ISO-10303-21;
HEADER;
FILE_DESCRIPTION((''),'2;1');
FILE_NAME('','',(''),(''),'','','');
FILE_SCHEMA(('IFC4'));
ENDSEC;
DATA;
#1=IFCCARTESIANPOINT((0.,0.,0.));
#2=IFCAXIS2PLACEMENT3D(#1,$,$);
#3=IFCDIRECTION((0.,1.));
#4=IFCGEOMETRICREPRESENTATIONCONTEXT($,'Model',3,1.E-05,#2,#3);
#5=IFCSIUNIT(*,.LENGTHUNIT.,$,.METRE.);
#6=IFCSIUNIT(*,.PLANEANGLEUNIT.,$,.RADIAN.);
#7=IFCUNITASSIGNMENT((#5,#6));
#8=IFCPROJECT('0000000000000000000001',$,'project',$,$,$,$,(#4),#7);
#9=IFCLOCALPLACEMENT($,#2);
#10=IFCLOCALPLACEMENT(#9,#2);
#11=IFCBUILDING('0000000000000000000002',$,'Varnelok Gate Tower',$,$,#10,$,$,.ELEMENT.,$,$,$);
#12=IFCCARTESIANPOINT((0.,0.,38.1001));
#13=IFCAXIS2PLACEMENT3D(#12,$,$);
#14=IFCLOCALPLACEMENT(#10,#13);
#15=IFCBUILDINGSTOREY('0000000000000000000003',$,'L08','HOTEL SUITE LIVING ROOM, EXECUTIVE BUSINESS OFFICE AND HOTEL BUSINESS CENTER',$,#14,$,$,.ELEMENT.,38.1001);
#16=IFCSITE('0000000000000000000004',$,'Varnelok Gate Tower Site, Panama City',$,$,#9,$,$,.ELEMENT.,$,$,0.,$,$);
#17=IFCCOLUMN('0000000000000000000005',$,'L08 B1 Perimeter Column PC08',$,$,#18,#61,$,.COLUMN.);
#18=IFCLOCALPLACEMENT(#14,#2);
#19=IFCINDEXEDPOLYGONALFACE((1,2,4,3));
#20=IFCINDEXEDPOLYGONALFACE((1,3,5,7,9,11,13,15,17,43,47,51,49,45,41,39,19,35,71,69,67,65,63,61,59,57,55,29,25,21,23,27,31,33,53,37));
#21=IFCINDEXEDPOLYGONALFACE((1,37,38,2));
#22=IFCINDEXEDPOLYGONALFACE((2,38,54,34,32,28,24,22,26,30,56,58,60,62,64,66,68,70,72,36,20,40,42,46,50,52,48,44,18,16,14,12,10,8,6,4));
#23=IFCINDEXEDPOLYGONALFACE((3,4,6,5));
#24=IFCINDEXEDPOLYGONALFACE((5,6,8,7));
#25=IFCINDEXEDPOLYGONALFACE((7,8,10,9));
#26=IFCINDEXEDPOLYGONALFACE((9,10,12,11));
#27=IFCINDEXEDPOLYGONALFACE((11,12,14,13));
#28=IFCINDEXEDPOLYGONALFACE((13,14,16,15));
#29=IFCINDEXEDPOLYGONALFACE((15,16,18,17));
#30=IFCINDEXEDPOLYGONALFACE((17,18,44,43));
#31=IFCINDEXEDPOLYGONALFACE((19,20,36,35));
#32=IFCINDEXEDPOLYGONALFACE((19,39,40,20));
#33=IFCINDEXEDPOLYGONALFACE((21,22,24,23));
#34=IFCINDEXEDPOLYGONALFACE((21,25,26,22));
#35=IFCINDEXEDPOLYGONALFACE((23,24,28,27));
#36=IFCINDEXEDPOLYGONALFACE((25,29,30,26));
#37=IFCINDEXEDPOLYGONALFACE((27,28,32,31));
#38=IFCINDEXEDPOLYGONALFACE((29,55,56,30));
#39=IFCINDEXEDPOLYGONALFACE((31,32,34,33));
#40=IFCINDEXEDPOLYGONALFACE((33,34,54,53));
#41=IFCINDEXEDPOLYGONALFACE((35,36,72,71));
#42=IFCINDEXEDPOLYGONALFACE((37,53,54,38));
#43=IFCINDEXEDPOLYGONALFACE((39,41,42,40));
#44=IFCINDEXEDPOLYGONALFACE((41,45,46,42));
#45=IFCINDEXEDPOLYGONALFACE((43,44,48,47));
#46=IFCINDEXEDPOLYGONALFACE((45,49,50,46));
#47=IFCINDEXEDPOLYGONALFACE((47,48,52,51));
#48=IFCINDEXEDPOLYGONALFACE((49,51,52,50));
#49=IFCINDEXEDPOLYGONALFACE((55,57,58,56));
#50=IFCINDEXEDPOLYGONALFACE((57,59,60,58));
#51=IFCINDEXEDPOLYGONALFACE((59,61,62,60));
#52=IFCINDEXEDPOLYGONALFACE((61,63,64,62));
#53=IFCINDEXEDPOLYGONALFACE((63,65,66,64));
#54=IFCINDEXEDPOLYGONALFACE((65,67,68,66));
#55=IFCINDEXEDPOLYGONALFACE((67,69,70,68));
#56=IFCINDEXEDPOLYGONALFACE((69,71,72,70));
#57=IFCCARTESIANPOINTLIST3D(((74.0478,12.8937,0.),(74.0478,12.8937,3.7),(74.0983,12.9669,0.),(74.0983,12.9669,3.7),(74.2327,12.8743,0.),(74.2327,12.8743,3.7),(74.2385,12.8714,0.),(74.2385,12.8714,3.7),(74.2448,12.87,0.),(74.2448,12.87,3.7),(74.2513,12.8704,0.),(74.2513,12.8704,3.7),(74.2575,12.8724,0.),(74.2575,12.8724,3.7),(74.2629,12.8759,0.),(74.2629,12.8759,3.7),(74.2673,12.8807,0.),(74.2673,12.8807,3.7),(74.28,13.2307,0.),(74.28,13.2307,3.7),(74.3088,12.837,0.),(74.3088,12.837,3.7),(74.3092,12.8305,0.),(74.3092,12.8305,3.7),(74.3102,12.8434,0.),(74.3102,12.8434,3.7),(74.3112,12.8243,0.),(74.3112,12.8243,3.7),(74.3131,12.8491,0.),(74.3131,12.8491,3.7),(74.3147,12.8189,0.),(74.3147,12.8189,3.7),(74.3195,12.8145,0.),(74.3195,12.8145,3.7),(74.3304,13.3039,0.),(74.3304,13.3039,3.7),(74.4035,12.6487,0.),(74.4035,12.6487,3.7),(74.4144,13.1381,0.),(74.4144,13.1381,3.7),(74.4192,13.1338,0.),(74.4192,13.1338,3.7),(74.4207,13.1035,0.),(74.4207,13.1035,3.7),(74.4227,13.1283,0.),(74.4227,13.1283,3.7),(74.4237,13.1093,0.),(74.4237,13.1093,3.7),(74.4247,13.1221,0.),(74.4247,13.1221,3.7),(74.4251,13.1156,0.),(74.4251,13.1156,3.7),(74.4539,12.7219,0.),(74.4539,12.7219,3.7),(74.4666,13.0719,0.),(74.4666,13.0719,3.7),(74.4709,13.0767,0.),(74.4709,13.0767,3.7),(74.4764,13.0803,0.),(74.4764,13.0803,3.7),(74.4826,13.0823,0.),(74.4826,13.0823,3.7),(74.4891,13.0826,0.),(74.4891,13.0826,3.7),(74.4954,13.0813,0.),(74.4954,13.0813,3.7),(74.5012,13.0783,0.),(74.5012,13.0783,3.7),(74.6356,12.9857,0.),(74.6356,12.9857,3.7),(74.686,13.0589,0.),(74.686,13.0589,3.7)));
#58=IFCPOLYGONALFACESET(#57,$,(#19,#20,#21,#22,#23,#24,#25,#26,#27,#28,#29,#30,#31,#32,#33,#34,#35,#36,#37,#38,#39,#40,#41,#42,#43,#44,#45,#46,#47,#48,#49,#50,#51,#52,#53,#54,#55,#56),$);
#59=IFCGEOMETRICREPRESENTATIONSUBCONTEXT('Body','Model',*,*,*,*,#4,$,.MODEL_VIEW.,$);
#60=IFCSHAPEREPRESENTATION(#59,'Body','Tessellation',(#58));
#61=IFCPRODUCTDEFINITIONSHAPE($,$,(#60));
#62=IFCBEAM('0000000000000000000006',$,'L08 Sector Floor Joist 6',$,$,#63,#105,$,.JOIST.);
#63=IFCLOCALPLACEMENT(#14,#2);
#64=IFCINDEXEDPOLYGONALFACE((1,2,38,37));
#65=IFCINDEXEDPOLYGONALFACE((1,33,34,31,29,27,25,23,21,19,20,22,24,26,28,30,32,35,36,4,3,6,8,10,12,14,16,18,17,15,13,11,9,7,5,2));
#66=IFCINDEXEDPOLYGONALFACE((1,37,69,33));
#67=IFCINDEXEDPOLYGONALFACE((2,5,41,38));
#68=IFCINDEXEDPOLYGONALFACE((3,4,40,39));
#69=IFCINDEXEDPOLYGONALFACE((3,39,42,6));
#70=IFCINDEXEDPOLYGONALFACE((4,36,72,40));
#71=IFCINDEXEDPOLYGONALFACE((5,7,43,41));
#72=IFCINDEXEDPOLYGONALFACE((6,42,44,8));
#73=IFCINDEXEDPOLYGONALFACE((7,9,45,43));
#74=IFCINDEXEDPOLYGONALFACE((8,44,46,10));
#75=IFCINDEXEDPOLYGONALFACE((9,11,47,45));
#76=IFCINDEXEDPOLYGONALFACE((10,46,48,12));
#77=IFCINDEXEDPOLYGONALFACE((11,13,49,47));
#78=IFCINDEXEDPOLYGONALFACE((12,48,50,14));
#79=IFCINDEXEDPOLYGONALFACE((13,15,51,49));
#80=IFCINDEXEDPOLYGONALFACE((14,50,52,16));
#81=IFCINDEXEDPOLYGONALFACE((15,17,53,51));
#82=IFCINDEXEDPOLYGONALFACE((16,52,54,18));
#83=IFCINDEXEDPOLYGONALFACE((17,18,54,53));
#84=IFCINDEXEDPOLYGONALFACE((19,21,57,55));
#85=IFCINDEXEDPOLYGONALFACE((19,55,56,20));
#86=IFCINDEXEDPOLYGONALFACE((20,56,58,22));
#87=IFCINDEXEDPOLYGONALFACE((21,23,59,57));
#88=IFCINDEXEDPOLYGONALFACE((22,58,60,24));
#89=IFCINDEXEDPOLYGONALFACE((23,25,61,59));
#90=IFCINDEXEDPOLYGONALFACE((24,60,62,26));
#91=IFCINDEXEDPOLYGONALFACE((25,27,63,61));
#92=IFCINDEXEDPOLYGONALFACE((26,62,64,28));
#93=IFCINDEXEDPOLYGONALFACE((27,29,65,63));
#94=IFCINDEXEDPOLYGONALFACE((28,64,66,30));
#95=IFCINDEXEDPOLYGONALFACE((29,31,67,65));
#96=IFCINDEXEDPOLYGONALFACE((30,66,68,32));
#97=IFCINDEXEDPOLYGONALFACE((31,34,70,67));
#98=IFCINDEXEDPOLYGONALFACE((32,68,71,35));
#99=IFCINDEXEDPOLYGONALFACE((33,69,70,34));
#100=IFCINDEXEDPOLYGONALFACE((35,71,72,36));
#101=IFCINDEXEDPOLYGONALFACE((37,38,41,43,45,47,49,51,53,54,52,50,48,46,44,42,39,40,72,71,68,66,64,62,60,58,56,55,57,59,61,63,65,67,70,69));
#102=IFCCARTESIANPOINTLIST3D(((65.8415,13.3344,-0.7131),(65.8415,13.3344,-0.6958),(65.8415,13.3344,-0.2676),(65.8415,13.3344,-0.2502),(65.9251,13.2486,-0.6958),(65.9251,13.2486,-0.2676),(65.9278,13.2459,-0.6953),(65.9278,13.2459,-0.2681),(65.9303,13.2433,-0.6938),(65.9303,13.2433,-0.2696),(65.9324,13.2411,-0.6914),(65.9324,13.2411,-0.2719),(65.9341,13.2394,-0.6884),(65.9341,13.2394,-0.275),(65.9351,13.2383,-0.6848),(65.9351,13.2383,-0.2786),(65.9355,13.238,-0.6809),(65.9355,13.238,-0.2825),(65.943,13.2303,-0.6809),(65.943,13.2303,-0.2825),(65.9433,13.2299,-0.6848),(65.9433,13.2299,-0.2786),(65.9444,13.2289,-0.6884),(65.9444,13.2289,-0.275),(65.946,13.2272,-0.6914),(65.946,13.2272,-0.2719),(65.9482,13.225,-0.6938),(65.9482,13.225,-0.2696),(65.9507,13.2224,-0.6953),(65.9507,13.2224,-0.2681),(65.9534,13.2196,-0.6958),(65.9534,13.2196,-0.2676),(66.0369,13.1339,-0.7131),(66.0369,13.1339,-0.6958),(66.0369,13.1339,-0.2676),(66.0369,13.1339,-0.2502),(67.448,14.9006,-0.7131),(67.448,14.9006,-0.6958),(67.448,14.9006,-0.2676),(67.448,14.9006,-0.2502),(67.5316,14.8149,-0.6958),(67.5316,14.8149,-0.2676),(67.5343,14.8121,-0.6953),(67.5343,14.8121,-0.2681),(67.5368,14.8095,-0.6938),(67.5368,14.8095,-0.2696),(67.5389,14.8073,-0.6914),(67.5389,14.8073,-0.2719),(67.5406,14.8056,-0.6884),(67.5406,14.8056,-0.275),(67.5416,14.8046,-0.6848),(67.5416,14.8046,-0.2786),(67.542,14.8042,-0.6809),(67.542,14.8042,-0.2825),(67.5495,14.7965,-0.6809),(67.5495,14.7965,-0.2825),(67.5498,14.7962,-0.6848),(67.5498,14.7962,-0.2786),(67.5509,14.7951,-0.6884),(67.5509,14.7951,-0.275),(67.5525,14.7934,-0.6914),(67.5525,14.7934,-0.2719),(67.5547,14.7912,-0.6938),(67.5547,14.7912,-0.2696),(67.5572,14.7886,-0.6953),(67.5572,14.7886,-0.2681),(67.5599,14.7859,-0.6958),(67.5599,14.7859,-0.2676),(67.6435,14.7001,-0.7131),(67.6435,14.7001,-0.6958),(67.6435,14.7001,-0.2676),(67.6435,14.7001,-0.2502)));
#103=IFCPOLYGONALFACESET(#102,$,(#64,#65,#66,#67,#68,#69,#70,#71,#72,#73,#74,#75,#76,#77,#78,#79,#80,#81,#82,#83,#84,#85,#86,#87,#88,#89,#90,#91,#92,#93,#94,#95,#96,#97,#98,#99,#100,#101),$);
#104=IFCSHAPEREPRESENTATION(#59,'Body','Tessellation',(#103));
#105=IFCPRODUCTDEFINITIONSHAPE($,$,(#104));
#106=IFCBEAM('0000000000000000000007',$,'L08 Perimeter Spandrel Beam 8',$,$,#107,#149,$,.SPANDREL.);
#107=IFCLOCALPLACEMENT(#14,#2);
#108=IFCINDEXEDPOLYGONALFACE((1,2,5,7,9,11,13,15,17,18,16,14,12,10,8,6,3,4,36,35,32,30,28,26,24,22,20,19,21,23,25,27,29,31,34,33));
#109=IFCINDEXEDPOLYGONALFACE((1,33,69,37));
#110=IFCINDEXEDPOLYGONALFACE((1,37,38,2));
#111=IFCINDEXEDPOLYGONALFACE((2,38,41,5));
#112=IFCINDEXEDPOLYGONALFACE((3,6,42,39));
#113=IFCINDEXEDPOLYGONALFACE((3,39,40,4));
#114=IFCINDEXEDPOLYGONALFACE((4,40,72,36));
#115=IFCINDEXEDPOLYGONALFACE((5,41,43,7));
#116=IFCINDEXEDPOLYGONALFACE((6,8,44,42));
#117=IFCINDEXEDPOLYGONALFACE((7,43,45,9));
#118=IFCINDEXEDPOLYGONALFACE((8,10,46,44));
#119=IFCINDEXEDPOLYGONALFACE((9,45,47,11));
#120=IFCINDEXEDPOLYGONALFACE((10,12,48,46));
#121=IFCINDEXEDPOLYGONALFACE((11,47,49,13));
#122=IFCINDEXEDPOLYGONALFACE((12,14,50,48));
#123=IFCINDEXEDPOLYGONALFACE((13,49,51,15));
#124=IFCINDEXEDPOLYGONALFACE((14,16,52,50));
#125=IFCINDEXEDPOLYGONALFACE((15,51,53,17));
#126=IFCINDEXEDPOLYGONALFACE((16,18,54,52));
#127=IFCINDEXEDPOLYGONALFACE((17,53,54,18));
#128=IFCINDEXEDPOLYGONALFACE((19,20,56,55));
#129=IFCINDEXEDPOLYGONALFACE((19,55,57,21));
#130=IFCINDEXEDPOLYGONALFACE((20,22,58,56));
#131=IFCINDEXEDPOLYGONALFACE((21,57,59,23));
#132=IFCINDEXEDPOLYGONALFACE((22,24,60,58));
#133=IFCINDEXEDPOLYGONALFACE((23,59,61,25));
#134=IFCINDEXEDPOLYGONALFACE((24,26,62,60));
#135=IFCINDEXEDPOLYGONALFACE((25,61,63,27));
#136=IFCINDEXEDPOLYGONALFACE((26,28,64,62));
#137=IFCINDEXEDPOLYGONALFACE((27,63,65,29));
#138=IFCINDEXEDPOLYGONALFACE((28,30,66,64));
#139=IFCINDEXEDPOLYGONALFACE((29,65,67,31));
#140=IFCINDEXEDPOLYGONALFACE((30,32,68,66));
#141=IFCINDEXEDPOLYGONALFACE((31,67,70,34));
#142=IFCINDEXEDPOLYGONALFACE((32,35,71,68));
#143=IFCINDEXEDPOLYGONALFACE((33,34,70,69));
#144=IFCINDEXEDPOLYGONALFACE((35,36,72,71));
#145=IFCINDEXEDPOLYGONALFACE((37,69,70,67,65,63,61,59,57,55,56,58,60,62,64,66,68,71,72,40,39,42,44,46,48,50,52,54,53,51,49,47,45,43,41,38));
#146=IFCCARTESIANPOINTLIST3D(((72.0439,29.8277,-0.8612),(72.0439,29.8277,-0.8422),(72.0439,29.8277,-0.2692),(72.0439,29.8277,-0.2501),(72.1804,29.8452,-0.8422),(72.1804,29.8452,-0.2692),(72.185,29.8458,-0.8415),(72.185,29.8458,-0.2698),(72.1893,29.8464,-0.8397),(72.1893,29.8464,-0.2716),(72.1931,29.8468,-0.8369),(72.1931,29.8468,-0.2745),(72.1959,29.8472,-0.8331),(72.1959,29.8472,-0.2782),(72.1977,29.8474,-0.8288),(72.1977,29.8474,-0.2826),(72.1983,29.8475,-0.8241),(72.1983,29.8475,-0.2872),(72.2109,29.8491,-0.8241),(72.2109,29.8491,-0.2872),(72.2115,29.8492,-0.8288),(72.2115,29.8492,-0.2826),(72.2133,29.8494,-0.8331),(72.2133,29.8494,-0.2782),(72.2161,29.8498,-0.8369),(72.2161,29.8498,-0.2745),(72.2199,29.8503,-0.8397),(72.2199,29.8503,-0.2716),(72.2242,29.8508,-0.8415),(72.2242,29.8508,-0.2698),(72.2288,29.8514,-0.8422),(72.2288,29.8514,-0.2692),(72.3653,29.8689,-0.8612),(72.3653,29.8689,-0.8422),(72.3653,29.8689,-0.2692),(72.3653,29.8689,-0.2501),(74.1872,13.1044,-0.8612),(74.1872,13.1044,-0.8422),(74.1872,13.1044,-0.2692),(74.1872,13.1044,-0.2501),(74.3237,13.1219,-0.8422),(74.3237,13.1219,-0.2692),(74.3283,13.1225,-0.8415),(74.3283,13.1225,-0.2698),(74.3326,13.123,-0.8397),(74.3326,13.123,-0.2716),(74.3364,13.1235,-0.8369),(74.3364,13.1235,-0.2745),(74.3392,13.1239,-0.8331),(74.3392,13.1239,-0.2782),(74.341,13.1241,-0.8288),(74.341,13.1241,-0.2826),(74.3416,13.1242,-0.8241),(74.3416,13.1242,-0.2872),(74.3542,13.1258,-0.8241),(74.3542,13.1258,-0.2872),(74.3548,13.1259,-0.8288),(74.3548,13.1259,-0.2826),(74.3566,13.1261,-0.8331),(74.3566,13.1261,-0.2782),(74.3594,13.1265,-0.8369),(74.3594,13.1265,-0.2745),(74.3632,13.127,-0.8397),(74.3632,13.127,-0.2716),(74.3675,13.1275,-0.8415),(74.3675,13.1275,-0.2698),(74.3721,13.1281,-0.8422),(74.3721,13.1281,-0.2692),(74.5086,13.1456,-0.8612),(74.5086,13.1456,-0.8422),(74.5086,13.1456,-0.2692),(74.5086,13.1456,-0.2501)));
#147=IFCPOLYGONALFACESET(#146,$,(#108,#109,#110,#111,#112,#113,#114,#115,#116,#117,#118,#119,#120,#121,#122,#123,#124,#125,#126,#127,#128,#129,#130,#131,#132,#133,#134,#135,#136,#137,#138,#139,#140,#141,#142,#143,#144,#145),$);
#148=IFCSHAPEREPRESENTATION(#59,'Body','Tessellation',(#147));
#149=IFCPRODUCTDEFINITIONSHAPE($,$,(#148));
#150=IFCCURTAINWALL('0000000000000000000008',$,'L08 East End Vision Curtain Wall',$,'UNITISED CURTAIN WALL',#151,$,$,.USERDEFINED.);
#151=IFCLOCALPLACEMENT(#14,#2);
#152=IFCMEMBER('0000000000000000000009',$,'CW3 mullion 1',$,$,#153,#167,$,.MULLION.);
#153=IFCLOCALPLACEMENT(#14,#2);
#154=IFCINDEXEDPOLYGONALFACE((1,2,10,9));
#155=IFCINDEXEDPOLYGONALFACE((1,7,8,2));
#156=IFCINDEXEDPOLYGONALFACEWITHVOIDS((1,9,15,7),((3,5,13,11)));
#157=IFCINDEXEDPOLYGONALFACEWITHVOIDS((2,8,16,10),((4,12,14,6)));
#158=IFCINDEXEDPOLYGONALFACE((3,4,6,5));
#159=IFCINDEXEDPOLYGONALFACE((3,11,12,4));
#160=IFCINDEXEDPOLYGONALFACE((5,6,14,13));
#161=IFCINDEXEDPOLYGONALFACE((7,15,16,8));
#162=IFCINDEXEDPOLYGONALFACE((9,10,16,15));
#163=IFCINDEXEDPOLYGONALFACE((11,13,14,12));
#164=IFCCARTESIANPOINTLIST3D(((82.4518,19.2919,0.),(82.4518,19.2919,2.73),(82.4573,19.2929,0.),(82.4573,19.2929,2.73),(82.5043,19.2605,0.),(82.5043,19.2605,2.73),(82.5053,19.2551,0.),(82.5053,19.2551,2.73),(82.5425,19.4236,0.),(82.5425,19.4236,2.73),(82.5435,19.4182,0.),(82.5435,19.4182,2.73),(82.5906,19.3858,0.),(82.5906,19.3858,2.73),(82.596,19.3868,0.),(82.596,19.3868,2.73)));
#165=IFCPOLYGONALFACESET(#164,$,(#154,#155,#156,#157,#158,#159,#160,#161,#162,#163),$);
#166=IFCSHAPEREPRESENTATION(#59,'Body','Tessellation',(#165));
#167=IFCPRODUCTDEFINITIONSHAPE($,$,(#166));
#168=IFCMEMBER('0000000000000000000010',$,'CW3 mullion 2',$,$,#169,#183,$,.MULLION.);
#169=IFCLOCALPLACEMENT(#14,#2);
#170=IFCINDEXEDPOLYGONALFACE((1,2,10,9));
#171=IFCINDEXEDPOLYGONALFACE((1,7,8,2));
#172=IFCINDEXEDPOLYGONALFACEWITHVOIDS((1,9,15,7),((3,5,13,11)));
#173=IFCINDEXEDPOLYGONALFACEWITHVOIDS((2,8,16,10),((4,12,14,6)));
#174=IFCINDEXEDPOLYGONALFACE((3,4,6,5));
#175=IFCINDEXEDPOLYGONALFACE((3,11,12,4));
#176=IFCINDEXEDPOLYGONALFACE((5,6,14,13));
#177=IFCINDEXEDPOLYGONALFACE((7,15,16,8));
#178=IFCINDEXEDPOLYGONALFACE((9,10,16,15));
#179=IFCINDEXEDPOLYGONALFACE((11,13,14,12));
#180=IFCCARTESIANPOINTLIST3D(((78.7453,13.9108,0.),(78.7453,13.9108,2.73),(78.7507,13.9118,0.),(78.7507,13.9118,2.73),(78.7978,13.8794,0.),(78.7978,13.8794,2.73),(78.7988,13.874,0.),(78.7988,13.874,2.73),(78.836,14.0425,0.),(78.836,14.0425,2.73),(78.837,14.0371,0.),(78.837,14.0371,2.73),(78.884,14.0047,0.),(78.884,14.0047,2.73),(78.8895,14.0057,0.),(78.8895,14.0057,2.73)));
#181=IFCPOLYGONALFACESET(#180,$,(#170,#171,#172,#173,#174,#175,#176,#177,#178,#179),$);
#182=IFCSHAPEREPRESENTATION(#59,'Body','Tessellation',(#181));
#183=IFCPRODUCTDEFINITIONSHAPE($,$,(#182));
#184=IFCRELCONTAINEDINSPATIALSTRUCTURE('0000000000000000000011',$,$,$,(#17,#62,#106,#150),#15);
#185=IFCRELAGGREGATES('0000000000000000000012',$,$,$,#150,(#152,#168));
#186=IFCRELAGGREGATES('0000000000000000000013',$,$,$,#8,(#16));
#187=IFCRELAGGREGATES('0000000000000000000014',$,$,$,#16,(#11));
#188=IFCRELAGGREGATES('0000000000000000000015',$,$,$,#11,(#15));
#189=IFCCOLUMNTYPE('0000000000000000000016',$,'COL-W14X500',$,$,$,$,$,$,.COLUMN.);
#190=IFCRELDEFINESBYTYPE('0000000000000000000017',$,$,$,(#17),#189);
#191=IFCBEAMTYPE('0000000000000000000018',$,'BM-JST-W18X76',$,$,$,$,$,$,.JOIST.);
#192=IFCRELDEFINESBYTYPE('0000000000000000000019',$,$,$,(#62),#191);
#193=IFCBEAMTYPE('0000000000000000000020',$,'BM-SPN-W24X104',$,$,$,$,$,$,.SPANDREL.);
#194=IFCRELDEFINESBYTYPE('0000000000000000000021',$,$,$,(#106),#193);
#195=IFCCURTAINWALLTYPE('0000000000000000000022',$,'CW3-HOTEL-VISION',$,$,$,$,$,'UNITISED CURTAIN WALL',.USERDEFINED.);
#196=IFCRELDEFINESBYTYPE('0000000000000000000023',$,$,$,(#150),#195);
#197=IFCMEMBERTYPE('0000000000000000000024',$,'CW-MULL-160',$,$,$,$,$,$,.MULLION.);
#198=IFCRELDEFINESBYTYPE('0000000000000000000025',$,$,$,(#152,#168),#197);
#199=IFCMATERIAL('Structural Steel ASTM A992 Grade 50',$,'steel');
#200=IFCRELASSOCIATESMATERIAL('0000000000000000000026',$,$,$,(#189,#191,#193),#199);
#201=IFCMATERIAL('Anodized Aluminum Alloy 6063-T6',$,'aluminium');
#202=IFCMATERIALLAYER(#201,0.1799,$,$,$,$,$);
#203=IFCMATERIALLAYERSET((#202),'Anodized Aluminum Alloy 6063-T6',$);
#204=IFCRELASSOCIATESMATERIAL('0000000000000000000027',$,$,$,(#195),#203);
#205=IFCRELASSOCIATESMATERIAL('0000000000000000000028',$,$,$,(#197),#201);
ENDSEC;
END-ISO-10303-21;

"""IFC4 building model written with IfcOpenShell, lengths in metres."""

from ifc_helpers import new_model, si_unit, direction, frame, origin, origin_2d, place, context, subcontext, project, spatial, hollow_rectangle, i_section, extrude, material, layer, layer_set, material_profile, profile_set, type_object, element, aggregate, save


model = new_model("IFC4")

# Units and contexts
model_context = context("Model", 3, precision=1e-05, world=origin(), true_north=direction((0.0, 1.0)))
body_context = subcontext(model_context, "Body", "Model", "MODEL_VIEW")
ifc_project = project(units=[si_unit("LENGTHUNIT", "METRE"), si_unit("PLANEANGLEUNIT", "RADIAN")], contexts=[model_context])

# Site, building, storey
site_placement = place(None, origin())
site = spatial("IfcSite", under=ifc_project, at=site_placement, Name="Varnelok Gate Tower Site, Panama City", CompositionType="ELEMENT", RefElevation=0.0)
building_placement = place(site_placement, origin())
building = spatial("IfcBuilding", under=site, at=building_placement, Name="Varnelok Gate Tower", CompositionType="ELEMENT")
storey_placement = place(building_placement, frame((0.0, 0.0, 38.1001)))
storey = spatial("IfcBuildingStorey", under=building, at=storey_placement, Name="L08", Description="HOTEL SUITE LIVING ROOM, EXECUTIVE BUSINESS OFFICE AND HOTEL BUSINESS CENTER", CompositionType="ELEMENT", Elevation=38.1001)

# Column
ifc_material_1 = material(Name="Structural Steel ASTM A992 Grade 50", Category="steel")
ifc_material_profile_1 = material_profile(ifc_material_1, i_section(OverallWidth=0.4319, OverallDepth=0.498, WebThickness=0.0557, FlangeThickness=0.0889, FilletRadius=0.0249, at=origin_2d()), Name="W14X500")
ifc_profile_set_1 = profile_set([ifc_material_profile_1], Name="Structural Steel ASTM A992 Grade 50")
column_type = type_object("IfcColumnType", Name="COL-W14X500", PredefinedType="COLUMN", material=ifc_profile_set_1)
column_placement = place(storey_placement, frame((74.3669, 12.9763, 0.0), z_axis=(0.0, 0.0, 1.0), x_axis=(0.823533, -0.567269, 0.0)))
element("IfcColumn", 1, at=column_placement, inside=storey, type_object=column_type, Name="L08 B1 Perimeter Column PC08", PredefinedType="COLUMN", context=body_context, shape_type="SweptSolid", body=[
    extrude(i_section(OverallWidth=0.4319, OverallDepth=0.498, WebThickness=0.0557, FlangeThickness=0.0889, FilletRadius=0.0249, at=origin_2d()), origin(), (0.0, 0.0, 1.0), 3.7),
])

# Beams
ifc_material_profile_2 = material_profile(ifc_material_1, i_section(OverallWidth=0.28, OverallDepth=0.4629, WebThickness=0.0107, FlangeThickness=0.0173, FilletRadius=0.0149, at=origin_2d()), Name="W18X76")
ifc_profile_set_2 = profile_set([ifc_material_profile_2], Name="Structural Steel ASTM A992 Grade 50")
beam_type_1 = type_object("IfcBeamType", Name="BM-JST-W18X76", PredefinedType="JOIST", material=ifc_profile_set_2)
beam_1_placement = place(storey_placement, frame((65.9392, 13.2341, -0.4817), z_axis=(0.716027, 0.698072, 0.0), x_axis=(-0.698072, 0.716027, 0.0)))
element("IfcBeam", 2, at=beam_1_placement, inside=storey, type_object=beam_type_1, Name="L08 Sector Floor Joist 6", PredefinedType="JOIST", context=body_context, shape_type="SweptSolid", body=[
    extrude(i_section(OverallWidth=0.28, OverallDepth=0.4629, WebThickness=0.0107, FlangeThickness=0.0173, FilletRadius=0.0149, at=origin_2d()), origin(), (0.0, 0.0, 1.0), 2.2437),
])
ifc_material_profile_3 = material_profile(ifc_material_1, i_section(OverallWidth=0.324, OverallDepth=0.6111, WebThickness=0.0127, FlangeThickness=0.019, FilletRadius=0.0181, at=origin_2d()), Name="W24X104")
ifc_profile_set_3 = profile_set([ifc_material_profile_3], Name="Structural Steel ASTM A992 Grade 50")
beam_type_2 = type_object("IfcBeamType", Name="BM-SPN-W24X104", PredefinedType="SPANDREL", material=ifc_profile_set_3)
beam_2_placement = place(storey_placement, frame((74.3479, 13.125, -0.5557), z_axis=(-0.127123, 0.991887, 0.0), x_axis=(-0.991887, -0.127123, 0.0)))
element("IfcBeam", 3, at=beam_2_placement, inside=storey, type_object=beam_type_2, Name="L08 Perimeter Spandrel Beam 8", PredefinedType="SPANDREL", context=body_context, shape_type="SweptSolid", body=[
    extrude(i_section(OverallWidth=0.324, OverallDepth=0.6111, WebThickness=0.0127, FlangeThickness=0.019, FilletRadius=0.0181, at=origin_2d()), origin(), (0.0, 0.0, 1.0), 16.8601),
])

# Curtain wall, members
ifc_material_2 = material(Name="Anodized Aluminum Alloy 6063-T6", Category="aluminium")
ifc_layer_1 = layer(ifc_material_2, 0.1799)
ifc_layer_set_1 = layer_set([ifc_layer_1], Name="Anodized Aluminum Alloy 6063-T6")
curtain_wall_type = type_object("IfcCurtainWallType", Name="CW3-HOTEL-VISION", ElementType="UNITISED CURTAIN WALL", PredefinedType="USERDEFINED", material=ifc_layer_set_1)
curtain_wall_placement = place(storey_placement, origin())
curtain_wall = element("IfcCurtainWall", 4, at=curtain_wall_placement, inside=storey, type_object=curtain_wall_type, Name="L08 East End Vision Curtain Wall", ObjectType="UNITISED CURTAIN WALL", PredefinedType="USERDEFINED")
ifc_material_profile_4 = material_profile(ifc_material_2, hollow_rectangle(XDim=0.0649, YDim=0.1599, WallThickness=0.0039, at=origin_2d()), Name="ALU160X65X4")
ifc_profile_set_4 = profile_set([ifc_material_profile_4], Name="Anodized Aluminum Alloy 6063-T6")
member_type_1 = type_object("IfcMemberType", Name="CW-MULL-160", PredefinedType="MULLION", material=ifc_profile_set_4)
member_1_placement = place(storey_placement, frame((82.5239, 19.3394, 0.0), z_axis=(0.0, 0.0, 1.0), x_axis=(0.823533, -0.567269, 0.0)))
member_1 = element("IfcMember", 5, at=member_1_placement, type_object=member_type_1, Name="CW3 mullion 1", PredefinedType="MULLION", context=body_context, shape_type="SweptSolid", body=[
    extrude(hollow_rectangle(XDim=0.0649, YDim=0.1599, WallThickness=0.0039, at=origin_2d()), origin(), (0.0, 0.0, 1.0), 2.73),
])
member_2_placement = place(storey_placement, frame((78.8174, 13.9583, 0.0), z_axis=(0.0, 0.0, 1.0), x_axis=(0.823533, -0.567269, 0.0)))
member_2 = element("IfcMember", 6, at=member_2_placement, type_object=member_type_1, Name="CW3 mullion 2", PredefinedType="MULLION", context=body_context, shape_type="SweptSolid", body=[
    extrude(hollow_rectangle(XDim=0.0649, YDim=0.1599, WallThickness=0.0039, at=origin_2d()), origin(), (0.0, 0.0, 1.0), 2.73),
])
aggregate(curtain_wall, [member_1, member_2])

save(model, "model.ifc")
